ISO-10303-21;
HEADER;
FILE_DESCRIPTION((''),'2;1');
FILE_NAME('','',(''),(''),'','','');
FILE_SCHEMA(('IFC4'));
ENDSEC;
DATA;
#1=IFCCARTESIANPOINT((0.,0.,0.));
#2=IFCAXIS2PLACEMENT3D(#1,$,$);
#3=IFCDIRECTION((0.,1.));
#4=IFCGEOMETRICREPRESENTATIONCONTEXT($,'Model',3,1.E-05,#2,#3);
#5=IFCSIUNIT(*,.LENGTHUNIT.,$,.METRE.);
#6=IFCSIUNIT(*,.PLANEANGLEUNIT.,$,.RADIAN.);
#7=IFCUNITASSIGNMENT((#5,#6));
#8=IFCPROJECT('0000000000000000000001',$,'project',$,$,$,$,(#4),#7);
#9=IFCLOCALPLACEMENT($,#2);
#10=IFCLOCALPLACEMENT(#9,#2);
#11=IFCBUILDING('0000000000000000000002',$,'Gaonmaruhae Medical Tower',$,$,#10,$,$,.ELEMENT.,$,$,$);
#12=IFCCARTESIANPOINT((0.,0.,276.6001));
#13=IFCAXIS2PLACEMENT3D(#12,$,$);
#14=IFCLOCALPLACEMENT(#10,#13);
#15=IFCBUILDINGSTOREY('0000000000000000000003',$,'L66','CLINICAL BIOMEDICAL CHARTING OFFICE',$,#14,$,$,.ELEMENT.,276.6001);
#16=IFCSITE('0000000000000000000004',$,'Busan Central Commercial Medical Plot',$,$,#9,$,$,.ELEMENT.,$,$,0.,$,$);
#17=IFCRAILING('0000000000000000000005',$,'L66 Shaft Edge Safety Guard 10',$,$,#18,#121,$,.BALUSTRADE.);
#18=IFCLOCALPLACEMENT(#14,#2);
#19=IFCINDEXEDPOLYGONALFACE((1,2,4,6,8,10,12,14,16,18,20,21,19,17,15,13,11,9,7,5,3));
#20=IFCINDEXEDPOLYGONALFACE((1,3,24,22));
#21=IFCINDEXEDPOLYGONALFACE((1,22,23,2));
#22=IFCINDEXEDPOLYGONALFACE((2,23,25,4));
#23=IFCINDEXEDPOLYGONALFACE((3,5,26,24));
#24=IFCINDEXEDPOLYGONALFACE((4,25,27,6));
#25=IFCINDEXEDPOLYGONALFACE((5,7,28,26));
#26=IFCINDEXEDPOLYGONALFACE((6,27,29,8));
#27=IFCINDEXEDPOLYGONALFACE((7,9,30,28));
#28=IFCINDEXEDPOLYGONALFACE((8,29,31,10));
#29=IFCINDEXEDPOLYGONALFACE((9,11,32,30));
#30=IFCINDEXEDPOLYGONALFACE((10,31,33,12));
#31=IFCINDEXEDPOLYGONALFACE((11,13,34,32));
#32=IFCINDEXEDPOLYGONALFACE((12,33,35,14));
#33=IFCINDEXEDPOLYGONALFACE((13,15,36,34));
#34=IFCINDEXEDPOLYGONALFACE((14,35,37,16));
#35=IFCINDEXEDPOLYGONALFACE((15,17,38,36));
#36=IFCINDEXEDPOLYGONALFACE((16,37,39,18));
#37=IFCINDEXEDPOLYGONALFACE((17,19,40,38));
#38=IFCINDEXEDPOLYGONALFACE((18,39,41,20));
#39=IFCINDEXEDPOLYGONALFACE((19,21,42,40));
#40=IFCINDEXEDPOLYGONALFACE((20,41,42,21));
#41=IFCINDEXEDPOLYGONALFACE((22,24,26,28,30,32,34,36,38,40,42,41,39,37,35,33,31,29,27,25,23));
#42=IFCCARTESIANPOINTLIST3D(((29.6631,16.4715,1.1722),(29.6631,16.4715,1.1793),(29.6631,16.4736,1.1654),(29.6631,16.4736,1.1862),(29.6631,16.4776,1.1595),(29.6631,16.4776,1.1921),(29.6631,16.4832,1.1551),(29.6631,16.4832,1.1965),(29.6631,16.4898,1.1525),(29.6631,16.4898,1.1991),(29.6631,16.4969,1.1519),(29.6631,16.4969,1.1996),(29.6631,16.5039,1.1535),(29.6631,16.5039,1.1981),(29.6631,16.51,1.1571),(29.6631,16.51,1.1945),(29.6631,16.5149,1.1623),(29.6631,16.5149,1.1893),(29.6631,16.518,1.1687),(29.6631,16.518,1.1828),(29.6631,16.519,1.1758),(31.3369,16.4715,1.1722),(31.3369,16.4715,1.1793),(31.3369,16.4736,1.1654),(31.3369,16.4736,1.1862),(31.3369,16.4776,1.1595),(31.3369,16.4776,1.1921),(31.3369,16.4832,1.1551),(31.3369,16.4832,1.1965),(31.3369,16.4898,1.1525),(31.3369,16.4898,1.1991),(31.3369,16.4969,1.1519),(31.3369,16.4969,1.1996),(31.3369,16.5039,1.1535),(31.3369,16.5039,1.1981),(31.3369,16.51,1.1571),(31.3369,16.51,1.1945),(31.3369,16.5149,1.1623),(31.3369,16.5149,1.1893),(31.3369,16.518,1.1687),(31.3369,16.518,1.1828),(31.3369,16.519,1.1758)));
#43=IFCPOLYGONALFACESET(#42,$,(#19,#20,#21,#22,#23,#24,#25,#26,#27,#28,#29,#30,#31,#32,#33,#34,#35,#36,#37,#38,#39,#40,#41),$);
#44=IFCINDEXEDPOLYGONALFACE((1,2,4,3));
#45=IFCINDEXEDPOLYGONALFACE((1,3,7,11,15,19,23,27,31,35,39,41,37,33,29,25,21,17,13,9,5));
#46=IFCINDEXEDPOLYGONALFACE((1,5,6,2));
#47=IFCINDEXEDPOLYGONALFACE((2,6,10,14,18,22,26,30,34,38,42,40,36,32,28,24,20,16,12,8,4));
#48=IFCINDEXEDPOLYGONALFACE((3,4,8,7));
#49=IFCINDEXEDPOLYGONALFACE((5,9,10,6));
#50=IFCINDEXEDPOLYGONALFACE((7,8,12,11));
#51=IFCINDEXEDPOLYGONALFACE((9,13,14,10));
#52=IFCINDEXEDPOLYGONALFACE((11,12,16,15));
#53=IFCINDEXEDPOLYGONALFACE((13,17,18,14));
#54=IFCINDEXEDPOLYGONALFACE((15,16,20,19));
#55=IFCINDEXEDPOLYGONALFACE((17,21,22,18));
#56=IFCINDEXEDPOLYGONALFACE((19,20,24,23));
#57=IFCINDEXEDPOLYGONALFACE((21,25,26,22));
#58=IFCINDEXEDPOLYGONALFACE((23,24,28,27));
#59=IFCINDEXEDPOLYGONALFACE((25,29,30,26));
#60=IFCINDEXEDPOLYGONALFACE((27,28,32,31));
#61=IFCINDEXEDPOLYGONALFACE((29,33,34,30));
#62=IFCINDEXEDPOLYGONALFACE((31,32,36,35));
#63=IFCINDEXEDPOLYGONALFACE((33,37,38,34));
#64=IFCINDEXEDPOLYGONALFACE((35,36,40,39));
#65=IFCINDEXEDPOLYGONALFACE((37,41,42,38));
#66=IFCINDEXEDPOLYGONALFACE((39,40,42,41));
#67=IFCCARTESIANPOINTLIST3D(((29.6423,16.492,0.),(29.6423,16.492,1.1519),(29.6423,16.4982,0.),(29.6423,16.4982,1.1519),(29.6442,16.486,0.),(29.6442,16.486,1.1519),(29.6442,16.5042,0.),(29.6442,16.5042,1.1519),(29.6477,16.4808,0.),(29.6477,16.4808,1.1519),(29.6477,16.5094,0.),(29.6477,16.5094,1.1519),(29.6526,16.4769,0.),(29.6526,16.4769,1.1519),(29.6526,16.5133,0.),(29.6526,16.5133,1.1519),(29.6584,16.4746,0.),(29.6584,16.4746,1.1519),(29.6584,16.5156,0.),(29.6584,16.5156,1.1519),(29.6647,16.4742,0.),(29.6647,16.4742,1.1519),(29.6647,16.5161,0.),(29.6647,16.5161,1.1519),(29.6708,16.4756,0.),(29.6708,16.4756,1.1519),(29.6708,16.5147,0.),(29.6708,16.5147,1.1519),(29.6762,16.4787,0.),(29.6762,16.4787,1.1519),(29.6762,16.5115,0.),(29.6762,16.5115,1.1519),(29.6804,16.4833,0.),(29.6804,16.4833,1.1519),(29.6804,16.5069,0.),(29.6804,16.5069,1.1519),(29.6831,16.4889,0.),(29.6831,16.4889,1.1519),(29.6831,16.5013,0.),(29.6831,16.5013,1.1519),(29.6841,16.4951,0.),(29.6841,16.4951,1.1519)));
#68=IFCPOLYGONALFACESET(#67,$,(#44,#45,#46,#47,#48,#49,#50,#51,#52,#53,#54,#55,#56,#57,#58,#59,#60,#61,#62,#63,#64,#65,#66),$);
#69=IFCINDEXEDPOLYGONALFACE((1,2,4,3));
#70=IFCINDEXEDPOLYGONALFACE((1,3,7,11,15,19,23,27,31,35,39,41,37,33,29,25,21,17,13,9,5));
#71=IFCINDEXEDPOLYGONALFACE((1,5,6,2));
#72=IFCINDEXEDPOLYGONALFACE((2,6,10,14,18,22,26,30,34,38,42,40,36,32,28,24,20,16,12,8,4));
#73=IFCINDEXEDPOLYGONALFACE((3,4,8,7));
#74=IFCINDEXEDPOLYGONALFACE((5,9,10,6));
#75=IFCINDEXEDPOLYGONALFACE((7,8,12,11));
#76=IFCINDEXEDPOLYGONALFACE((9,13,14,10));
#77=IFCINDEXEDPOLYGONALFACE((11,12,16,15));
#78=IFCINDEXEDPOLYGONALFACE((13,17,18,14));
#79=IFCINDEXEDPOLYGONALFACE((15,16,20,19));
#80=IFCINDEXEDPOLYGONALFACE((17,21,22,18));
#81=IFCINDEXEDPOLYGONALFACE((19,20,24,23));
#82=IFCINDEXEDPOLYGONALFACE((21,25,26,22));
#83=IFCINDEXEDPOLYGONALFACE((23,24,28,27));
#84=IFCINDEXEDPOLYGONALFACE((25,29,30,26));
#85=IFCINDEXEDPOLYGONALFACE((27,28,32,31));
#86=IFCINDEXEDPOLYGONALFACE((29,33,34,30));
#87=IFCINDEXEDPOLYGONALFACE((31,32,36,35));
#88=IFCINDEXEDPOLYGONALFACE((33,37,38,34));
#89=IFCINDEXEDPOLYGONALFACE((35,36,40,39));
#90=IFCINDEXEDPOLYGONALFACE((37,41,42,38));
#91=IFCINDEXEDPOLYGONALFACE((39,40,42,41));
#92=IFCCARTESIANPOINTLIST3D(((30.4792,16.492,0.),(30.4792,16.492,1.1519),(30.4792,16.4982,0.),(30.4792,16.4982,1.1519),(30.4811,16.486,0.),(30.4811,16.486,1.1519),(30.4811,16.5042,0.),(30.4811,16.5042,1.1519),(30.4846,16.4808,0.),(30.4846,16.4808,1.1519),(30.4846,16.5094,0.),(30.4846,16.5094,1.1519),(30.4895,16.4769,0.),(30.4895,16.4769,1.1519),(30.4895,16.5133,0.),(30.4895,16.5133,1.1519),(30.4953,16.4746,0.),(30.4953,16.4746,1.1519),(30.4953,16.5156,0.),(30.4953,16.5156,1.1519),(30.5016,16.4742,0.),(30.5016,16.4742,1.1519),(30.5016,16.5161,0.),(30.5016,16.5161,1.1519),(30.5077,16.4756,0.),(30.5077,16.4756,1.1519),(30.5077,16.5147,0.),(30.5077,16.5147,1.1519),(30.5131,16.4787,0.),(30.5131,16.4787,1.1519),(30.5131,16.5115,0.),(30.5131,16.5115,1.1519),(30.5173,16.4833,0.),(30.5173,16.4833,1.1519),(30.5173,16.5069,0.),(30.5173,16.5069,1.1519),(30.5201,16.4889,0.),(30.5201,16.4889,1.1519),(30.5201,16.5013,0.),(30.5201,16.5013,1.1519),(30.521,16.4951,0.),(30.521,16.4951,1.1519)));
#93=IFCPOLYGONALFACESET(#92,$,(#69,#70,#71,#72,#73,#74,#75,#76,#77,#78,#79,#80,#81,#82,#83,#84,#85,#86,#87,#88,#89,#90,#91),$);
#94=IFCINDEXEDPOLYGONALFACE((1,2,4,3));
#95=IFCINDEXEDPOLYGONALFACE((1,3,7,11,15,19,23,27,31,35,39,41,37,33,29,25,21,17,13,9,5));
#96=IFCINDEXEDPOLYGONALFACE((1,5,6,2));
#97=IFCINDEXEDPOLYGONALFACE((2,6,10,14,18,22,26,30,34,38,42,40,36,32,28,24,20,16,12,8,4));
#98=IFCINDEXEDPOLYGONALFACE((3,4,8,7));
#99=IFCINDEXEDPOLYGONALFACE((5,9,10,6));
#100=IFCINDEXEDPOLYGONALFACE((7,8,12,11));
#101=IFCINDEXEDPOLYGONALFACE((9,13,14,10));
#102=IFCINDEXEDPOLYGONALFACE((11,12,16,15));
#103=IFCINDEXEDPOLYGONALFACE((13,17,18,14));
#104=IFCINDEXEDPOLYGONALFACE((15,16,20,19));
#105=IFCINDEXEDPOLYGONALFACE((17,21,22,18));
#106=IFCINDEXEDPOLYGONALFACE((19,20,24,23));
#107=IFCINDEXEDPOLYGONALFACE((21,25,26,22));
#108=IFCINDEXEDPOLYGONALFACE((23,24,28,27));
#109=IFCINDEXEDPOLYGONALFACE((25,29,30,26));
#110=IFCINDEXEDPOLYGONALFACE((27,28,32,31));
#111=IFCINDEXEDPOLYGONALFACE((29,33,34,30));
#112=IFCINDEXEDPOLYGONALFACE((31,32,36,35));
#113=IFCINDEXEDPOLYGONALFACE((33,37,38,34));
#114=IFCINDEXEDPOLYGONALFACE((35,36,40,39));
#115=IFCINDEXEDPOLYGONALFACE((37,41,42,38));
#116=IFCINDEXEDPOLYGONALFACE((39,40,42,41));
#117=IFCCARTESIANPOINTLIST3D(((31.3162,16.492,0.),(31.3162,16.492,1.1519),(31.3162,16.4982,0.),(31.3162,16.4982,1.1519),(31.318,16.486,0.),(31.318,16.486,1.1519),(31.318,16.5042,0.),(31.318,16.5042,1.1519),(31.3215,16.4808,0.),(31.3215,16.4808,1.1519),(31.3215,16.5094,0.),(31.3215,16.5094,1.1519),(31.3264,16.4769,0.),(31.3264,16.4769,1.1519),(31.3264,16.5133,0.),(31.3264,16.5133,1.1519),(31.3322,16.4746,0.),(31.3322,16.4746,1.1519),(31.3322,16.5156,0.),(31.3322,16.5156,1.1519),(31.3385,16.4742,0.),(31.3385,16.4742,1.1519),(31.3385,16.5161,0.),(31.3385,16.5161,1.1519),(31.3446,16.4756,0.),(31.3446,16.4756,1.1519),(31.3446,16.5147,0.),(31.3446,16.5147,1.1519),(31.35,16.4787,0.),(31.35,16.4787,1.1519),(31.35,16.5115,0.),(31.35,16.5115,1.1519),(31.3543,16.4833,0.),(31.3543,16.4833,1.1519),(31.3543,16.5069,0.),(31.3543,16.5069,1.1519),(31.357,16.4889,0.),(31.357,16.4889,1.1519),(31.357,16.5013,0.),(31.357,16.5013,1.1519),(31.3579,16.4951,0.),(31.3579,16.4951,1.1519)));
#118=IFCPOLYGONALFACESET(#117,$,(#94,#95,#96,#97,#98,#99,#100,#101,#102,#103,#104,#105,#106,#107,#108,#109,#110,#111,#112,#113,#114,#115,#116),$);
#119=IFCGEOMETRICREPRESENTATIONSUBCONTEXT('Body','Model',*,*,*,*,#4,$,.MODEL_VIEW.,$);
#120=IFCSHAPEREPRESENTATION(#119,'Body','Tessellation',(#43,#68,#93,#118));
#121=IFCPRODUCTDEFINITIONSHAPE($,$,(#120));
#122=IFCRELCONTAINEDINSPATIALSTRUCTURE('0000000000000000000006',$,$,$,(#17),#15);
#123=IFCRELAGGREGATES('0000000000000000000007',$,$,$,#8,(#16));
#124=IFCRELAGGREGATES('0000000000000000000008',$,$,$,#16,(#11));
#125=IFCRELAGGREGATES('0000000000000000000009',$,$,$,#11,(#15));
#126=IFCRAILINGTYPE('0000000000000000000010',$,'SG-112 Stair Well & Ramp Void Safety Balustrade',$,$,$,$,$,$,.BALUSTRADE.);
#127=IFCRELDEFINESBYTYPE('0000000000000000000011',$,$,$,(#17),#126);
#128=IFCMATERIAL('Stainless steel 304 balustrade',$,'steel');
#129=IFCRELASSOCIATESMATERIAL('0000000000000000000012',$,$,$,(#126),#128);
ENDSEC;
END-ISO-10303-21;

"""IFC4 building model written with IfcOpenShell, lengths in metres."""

from ifc_helpers import new_model, si_unit, direction, frame, origin, origin_2d, place, context, subcontext, project, spatial, circle, extrude, material, type_object, element, save


model = new_model("IFC4")

# Units and contexts
model_context = context("Model", 3, precision=1e-05, world=origin(), true_north=direction((0.0, 1.0)))
body_context = subcontext(model_context, "Body", "Model", "MODEL_VIEW")
ifc_project = project(units=[si_unit("LENGTHUNIT", "METRE"), si_unit("PLANEANGLEUNIT", "RADIAN")], contexts=[model_context])

# Site, building, storey
site_placement = place(None, origin())
site = spatial("IfcSite", under=ifc_project, at=site_placement, Name="Busan Central Commercial Medical Plot", CompositionType="ELEMENT", RefElevation=0.0)
building_placement = place(site_placement, origin())
building = spatial("IfcBuilding", under=site, at=building_placement, Name="Gaonmaruhae Medical Tower", CompositionType="ELEMENT")
storey_placement = place(building_placement, frame((0.0, 0.0, 276.6001)))
storey = spatial("IfcBuildingStorey", under=building, at=storey_placement, Name="L66", Description="CLINICAL BIOMEDICAL CHARTING OFFICE", CompositionType="ELEMENT", Elevation=276.6001)

# Railing
ifc_material_1 = material(Name="Stainless steel 304 balustrade", Category="steel")
railing_type = type_object("IfcRailingType", Name="SG-112 Stair Well & Ramp Void Safety Balustrade", PredefinedType="BALUSTRADE", material=ifc_material_1)
railing_1_placement = place(storey_placement, frame((29.6631, 16.4951, 0.0)))
element("IfcRailing", 1, at=railing_1_placement, inside=storey, type_object=railing_type, Name="L66 Shaft Edge Safety Guard 10", PredefinedType="BALUSTRADE", context=body_context, shape_type="SweptSolid", body=[
    extrude(circle(Radius=0.0239, at=origin_2d()), frame((0.0, 0.0, 1.1758), z_axis=(1.0, 0.0, 0.0), x_axis=(0.0, 1.0, 0.0)), (0.0, 0.0, 1.0), 1.6738),
    extrude(circle(Radius=0.021, at=origin_2d()), origin(), (0.0, 0.0, 1.0), 1.1519),
    extrude(circle(Radius=0.021, at=origin_2d()), frame((0.8369, 0.0, 0.0)), (0.0, 0.0, 1.0), 1.1519),
    extrude(circle(Radius=0.021, at=origin_2d()), frame((1.6738, 0.0, 0.0)), (0.0, 0.0, 1.0), 1.1519),
])

save(model, "model.ifc")
